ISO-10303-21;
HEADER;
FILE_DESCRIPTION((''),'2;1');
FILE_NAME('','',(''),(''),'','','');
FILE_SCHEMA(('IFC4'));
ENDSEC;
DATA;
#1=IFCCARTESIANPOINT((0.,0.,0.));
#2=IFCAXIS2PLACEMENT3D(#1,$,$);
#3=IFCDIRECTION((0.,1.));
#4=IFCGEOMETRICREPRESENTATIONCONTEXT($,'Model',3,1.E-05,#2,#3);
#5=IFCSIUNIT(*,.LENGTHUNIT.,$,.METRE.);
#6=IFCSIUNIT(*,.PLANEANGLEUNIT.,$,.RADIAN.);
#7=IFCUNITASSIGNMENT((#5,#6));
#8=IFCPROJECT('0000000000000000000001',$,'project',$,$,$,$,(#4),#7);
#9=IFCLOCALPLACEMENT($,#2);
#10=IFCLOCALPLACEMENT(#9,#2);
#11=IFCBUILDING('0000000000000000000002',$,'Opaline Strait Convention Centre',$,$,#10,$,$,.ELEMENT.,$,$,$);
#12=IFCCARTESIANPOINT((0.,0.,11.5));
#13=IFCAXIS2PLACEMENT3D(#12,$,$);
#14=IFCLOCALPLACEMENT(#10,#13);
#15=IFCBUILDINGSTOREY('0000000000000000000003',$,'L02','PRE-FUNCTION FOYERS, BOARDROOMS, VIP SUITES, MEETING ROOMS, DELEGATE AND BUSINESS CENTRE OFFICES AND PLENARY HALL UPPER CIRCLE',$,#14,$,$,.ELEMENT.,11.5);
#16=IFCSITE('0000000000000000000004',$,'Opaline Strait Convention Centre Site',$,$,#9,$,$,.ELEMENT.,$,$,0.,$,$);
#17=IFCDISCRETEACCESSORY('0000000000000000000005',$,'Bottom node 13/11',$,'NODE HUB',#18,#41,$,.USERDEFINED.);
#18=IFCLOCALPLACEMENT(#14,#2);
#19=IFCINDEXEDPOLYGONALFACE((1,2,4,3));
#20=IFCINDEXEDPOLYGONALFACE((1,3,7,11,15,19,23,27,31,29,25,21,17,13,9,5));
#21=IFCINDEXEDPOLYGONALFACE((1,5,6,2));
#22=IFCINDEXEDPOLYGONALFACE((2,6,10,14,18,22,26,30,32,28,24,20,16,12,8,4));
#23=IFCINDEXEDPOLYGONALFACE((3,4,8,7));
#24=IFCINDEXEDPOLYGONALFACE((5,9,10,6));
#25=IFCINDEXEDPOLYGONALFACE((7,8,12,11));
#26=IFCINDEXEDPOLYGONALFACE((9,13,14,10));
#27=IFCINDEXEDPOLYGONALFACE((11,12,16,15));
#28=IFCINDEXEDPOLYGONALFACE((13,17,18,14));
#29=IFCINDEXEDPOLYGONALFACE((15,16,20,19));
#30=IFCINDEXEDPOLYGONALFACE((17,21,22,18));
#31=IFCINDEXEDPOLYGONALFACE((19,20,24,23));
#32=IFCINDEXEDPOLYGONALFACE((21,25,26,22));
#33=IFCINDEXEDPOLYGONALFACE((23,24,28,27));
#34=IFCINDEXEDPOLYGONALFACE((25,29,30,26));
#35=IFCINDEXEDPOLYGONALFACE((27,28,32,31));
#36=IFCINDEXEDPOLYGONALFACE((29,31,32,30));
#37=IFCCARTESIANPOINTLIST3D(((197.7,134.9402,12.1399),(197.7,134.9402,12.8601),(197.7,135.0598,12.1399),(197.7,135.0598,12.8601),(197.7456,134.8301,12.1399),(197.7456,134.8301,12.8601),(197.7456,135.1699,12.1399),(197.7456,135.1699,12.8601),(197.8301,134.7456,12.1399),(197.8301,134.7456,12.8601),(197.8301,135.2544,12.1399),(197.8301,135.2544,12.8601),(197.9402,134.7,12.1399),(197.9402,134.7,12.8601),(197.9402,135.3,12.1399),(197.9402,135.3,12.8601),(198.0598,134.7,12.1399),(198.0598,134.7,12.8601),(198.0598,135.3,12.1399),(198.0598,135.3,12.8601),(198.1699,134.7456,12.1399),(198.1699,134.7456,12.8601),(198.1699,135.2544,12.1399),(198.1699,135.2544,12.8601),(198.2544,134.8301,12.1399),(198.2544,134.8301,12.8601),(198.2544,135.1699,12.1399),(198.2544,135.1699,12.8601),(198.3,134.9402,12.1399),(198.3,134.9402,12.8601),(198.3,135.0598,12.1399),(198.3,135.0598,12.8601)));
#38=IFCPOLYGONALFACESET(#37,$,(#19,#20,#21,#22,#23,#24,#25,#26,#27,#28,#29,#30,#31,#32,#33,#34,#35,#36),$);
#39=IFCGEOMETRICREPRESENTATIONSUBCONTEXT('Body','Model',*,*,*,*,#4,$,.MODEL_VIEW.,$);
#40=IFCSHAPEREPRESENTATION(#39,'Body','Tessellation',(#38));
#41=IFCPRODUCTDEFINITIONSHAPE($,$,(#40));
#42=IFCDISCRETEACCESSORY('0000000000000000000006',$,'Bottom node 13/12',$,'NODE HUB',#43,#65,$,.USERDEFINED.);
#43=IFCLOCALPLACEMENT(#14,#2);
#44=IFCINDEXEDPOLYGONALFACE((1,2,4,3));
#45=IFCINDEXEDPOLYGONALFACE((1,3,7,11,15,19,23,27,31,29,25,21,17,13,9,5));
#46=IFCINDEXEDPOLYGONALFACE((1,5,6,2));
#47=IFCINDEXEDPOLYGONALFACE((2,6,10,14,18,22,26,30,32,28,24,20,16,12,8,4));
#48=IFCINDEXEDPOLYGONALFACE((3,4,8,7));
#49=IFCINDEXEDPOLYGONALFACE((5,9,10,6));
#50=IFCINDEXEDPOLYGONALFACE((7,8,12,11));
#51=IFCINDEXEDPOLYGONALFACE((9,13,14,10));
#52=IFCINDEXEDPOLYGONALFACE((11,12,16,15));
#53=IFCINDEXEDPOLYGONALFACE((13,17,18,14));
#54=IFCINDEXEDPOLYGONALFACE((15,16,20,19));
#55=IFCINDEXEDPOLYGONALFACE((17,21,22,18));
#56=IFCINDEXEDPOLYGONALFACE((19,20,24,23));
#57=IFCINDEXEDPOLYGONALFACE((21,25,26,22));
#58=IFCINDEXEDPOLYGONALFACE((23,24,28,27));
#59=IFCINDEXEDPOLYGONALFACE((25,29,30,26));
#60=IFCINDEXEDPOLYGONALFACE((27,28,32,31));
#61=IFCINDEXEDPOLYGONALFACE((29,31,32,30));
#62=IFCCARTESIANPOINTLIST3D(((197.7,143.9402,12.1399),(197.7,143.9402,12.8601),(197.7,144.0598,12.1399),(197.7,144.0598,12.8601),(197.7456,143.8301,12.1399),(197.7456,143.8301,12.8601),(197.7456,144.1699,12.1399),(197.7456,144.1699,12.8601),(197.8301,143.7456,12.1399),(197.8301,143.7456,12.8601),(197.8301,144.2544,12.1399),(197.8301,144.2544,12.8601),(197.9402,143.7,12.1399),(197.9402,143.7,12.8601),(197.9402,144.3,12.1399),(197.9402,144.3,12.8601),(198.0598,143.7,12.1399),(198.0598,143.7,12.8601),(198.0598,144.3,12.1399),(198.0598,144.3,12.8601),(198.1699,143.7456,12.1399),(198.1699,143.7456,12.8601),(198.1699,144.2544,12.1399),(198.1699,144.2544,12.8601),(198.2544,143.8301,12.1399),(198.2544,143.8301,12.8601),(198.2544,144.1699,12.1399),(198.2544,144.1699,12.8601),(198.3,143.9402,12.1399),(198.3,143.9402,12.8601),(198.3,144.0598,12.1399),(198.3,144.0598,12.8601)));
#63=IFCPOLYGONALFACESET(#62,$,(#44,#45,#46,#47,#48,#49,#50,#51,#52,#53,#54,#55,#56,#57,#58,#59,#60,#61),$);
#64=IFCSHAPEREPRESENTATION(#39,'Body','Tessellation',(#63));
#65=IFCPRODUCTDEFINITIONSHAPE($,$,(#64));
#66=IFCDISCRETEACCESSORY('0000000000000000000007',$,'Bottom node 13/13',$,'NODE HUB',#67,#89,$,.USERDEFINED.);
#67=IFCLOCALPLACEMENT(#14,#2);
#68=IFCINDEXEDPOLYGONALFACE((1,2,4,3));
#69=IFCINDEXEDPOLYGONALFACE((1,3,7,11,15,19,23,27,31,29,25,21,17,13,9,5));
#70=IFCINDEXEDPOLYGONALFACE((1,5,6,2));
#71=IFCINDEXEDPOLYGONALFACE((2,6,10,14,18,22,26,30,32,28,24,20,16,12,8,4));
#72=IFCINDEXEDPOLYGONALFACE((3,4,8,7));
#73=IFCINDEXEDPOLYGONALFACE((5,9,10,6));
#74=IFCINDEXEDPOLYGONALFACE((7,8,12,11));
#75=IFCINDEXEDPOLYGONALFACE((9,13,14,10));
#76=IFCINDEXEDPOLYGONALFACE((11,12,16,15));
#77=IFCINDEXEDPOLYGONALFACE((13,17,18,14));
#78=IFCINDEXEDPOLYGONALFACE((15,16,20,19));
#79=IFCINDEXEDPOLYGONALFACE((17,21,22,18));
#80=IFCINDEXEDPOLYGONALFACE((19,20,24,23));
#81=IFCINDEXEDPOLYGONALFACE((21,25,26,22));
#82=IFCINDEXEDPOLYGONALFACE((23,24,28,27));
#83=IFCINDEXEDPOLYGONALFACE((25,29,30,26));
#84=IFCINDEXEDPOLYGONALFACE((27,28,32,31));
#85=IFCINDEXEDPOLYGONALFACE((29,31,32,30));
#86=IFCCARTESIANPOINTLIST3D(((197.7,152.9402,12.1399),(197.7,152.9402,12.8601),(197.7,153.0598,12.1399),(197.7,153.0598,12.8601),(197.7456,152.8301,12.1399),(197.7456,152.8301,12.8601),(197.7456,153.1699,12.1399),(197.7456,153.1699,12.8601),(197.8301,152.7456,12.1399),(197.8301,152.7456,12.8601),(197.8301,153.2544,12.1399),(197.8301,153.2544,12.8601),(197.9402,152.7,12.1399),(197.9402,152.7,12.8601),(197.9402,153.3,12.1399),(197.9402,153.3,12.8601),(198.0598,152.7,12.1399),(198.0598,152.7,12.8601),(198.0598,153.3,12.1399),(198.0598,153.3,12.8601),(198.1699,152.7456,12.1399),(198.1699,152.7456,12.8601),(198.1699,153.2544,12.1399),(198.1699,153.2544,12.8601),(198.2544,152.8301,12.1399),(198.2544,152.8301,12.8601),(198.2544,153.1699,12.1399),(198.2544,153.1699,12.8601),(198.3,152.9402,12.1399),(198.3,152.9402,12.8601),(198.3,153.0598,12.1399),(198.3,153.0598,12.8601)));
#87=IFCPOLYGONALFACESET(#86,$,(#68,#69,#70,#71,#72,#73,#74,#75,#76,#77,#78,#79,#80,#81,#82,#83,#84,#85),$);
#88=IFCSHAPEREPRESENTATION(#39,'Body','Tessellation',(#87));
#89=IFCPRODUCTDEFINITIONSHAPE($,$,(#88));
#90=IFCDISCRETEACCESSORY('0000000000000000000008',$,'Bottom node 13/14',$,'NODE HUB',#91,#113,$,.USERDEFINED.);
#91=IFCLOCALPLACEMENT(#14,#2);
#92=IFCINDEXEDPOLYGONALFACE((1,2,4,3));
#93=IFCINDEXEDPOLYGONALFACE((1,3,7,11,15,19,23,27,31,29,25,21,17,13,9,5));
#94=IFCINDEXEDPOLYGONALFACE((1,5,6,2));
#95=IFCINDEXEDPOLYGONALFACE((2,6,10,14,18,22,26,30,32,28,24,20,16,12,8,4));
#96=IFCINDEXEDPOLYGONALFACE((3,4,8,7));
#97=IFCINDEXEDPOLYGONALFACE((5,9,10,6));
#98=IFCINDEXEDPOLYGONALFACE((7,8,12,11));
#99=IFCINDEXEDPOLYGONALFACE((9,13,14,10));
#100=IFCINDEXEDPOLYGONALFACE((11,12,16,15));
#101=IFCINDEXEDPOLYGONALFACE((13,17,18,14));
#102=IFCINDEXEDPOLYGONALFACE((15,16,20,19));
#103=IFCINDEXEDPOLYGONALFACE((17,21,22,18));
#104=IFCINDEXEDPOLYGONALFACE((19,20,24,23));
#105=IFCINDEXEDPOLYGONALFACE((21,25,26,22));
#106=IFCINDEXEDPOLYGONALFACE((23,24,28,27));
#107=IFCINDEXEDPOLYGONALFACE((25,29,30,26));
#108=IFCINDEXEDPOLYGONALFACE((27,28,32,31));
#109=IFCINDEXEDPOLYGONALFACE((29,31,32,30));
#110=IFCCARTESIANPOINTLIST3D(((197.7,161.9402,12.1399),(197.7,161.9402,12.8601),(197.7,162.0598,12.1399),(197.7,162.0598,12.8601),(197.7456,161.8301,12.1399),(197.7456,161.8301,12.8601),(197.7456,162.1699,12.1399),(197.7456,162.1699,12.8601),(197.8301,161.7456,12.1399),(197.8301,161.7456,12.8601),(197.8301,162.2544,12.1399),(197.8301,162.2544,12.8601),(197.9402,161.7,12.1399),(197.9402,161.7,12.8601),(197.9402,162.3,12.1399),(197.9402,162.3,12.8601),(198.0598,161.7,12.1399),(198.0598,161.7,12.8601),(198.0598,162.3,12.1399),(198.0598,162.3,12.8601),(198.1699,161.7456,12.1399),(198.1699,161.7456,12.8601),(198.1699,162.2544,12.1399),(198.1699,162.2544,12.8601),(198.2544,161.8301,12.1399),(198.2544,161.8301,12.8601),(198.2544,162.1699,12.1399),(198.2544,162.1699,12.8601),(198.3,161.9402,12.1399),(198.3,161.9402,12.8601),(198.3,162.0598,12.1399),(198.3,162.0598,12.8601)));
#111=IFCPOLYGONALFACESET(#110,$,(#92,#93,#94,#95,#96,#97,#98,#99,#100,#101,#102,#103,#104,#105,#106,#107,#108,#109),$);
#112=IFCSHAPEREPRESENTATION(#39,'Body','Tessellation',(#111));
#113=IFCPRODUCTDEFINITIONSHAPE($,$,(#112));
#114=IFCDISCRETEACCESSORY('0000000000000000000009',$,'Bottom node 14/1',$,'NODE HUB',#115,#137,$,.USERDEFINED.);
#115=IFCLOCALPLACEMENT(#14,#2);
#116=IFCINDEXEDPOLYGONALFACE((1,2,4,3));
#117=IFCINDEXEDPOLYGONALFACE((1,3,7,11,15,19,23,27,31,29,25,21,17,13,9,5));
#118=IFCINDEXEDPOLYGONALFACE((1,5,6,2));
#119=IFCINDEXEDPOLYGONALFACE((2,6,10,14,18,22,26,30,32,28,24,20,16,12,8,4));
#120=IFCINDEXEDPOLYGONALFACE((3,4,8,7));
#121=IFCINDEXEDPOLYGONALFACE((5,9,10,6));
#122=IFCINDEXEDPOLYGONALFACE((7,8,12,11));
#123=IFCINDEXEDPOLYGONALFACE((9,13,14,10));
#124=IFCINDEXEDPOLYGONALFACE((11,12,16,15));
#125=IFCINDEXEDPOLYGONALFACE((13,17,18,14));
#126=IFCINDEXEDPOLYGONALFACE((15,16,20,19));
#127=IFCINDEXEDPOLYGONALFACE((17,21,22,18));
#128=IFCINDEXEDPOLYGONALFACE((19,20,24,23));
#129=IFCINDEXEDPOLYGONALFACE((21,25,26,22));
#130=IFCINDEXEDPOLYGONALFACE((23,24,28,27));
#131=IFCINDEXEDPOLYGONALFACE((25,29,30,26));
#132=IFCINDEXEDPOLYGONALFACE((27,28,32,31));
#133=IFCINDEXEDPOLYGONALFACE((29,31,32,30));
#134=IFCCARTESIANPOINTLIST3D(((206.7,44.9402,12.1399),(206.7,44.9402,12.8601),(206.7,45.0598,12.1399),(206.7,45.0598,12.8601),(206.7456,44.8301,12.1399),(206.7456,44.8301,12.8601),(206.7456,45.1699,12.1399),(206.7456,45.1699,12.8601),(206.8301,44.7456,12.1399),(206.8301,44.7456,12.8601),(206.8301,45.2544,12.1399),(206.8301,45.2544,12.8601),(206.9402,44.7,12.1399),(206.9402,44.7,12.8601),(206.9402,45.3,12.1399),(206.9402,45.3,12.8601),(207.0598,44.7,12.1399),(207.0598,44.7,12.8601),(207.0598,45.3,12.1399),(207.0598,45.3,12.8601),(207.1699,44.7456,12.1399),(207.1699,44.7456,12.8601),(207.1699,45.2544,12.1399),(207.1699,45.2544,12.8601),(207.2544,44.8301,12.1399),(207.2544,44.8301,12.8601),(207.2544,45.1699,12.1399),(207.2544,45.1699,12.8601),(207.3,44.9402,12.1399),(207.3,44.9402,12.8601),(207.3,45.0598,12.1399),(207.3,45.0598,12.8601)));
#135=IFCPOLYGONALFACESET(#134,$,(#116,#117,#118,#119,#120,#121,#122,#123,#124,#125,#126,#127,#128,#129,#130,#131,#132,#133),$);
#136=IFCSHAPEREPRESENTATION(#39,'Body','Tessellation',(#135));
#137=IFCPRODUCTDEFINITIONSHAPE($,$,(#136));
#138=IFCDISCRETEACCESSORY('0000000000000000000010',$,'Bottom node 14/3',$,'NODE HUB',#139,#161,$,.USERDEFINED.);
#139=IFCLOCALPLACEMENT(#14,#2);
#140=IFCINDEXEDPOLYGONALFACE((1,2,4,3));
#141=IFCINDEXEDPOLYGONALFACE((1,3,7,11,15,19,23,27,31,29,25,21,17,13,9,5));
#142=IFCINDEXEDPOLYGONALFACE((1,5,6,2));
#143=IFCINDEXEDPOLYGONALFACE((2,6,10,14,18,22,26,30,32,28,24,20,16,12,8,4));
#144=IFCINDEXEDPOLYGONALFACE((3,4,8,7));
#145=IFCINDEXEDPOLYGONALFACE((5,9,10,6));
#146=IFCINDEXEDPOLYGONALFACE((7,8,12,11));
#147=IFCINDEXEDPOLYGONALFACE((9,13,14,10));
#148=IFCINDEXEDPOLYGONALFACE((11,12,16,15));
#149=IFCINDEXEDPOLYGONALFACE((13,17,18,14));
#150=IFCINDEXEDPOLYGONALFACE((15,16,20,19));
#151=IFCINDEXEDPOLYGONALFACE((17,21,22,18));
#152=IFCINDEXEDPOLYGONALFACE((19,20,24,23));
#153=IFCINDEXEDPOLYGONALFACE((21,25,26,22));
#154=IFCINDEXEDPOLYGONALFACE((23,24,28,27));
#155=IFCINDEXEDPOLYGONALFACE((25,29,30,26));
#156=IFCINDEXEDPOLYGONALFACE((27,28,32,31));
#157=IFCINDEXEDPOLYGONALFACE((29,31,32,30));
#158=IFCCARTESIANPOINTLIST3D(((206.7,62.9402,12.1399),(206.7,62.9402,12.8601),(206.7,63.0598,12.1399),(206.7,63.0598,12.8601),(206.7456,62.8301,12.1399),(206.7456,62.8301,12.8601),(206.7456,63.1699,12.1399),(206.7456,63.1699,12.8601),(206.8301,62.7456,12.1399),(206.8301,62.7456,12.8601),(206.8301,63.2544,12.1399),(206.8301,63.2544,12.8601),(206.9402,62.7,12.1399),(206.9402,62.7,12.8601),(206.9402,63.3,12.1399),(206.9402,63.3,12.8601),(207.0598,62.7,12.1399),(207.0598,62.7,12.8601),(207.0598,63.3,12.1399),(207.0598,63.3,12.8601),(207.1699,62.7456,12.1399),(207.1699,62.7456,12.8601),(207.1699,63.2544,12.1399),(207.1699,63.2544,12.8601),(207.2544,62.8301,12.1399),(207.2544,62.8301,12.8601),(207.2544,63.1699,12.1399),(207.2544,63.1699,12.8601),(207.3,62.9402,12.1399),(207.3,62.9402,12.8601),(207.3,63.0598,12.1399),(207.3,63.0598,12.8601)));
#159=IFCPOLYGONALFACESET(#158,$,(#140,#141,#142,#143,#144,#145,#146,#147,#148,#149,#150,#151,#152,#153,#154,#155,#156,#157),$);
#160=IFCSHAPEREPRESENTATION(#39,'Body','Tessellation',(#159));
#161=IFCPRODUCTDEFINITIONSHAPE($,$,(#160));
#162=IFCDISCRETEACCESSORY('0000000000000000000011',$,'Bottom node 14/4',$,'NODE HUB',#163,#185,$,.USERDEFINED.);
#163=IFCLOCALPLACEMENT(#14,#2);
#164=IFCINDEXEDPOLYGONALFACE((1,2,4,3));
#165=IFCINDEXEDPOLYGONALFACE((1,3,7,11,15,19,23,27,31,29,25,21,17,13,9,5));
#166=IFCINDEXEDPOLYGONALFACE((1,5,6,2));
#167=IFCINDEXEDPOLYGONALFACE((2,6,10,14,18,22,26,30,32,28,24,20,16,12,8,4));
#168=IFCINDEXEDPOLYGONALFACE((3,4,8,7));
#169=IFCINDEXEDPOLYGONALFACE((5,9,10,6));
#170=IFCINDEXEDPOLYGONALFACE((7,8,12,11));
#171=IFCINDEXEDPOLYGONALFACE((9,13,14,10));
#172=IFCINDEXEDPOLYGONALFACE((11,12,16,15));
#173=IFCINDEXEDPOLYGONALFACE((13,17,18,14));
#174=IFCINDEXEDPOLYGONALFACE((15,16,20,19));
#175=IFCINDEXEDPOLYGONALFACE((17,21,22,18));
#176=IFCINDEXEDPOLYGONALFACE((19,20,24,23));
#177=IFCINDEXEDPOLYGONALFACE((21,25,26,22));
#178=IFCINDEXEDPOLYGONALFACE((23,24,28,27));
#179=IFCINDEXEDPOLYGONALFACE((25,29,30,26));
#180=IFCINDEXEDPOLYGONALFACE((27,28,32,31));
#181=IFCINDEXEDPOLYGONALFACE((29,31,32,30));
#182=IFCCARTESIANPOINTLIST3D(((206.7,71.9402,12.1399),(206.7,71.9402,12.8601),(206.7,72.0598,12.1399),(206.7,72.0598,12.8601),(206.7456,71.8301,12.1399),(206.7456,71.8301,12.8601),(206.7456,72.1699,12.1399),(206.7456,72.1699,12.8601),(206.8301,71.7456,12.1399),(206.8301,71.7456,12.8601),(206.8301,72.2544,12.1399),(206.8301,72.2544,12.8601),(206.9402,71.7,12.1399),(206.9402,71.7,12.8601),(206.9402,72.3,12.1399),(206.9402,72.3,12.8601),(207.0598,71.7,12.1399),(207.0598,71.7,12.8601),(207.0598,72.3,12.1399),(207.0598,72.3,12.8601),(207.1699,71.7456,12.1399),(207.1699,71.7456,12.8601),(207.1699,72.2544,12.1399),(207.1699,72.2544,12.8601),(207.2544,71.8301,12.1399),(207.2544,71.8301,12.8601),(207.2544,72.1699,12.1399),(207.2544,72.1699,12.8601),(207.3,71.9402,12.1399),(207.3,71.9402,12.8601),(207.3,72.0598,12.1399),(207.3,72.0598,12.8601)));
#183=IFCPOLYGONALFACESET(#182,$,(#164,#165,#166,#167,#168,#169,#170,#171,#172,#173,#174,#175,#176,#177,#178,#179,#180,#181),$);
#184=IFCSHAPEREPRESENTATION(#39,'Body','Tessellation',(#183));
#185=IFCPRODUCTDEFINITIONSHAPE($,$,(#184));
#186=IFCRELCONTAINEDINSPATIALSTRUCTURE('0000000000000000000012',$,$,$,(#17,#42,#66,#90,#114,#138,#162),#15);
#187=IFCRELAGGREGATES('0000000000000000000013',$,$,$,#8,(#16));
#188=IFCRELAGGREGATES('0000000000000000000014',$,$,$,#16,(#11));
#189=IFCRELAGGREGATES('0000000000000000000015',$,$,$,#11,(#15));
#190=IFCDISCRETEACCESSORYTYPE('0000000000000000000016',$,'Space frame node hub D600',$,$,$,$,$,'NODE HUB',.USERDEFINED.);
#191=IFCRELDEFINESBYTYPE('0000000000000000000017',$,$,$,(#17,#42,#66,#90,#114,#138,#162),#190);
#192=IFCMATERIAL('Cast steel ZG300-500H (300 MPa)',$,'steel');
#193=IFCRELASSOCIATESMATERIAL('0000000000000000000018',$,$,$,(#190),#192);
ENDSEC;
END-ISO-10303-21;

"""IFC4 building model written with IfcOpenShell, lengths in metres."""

from ifc_helpers import new_model, si_unit, direction, frame, origin, place, context, subcontext, project, spatial, polyline, outline, extrude, material, type_object, element, save


model = new_model("IFC4")

# Units and contexts
model_context = context("Model", 3, precision=1e-05, world=origin(), true_north=direction((0.0, 1.0)))
body_context = subcontext(model_context, "Body", "Model", "MODEL_VIEW")
ifc_project = project(units=[si_unit("LENGTHUNIT", "METRE"), si_unit("PLANEANGLEUNIT", "RADIAN")], contexts=[model_context])

# Site, building, storey
site_placement = place(None, origin())
site = spatial("IfcSite", under=ifc_project, at=site_placement, Name="Opaline Strait Convention Centre Site", CompositionType="ELEMENT", RefElevation=0.0)
building_placement = place(site_placement, origin())
building = spatial("IfcBuilding", under=site, at=building_placement, Name="Opaline Strait Convention Centre", CompositionType="ELEMENT")
storey_placement = place(building_placement, frame((0.0, 0.0, 11.5)))
storey = spatial("IfcBuildingStorey", under=building, at=storey_placement, Name="L02", Description="PRE-FUNCTION FOYERS, BOARDROOMS, VIP SUITES, MEETING ROOMS, DELEGATE AND BUSINESS CENTRE OFFICES AND PLENARY HALL UPPER CIRCLE", CompositionType="ELEMENT", Elevation=11.5)

# Discrete accessories
ifc_material = material(Name="Cast steel ZG300-500H (300 MPa)", Category="steel")
discrete_accessory_type_1 = type_object("IfcDiscreteAccessoryType", Name="Space frame node hub D600", ElementType="NODE HUB", PredefinedType="USERDEFINED", material=ifc_material)
discrete_accessory_1_placement = place(storey_placement, frame((0.0, 0.0, 12.1399)))
element("IfcDiscreteAccessory", 1, at=discrete_accessory_1_placement, inside=storey, type_object=discrete_accessory_type_1, Name="Bottom node 13/11", ObjectType="NODE HUB", PredefinedType="USERDEFINED", context=body_context, shape_type="SweptSolid", body=[
    extrude(outline(polyline([(198.3, 135.0598), (198.2544, 135.1699), (198.1699, 135.2544), (198.0598, 135.3), (197.9402, 135.3), (197.8301, 135.2544), (197.7456, 135.1699), (197.7, 135.0598), (197.7, 134.9402), (197.7456, 134.8301), (197.8301, 134.7456), (197.9402, 134.7), (198.0598, 134.7), (198.1699, 134.7456), (198.2544, 134.8301), (198.3, 134.9402), (198.3, 135.0598)])), origin(), (0.0, 0.0, 1.0), 0.7202),
])
discrete_accessory_2_placement = place(storey_placement, frame((0.0, 0.0, 12.1399)))
element("IfcDiscreteAccessory", 2, at=discrete_accessory_2_placement, inside=storey, type_object=discrete_accessory_type_1, Name="Bottom node 13/12", ObjectType="NODE HUB", PredefinedType="USERDEFINED", context=body_context, shape_type="SweptSolid", body=[
    extrude(outline(polyline([(198.3, 144.0598), (198.2544, 144.1699), (198.1699, 144.2544), (198.0598, 144.3), (197.9402, 144.3), (197.8301, 144.2544), (197.7456, 144.1699), (197.7, 144.0598), (197.7, 143.9402), (197.7456, 143.8301), (197.8301, 143.7456), (197.9402, 143.7), (198.0598, 143.7), (198.1699, 143.7456), (198.2544, 143.8301), (198.3, 143.9402), (198.3, 144.0598)])), origin(), (0.0, 0.0, 1.0), 0.7202),
])
discrete_accessory_3_placement = place(storey_placement, frame((0.0, 0.0, 12.1399)))
element("IfcDiscreteAccessory", 3, at=discrete_accessory_3_placement, inside=storey, type_object=discrete_accessory_type_1, Name="Bottom node 13/13", ObjectType="NODE HUB", PredefinedType="USERDEFINED", context=body_context, shape_type="SweptSolid", body=[
    extrude(outline(polyline([(198.3, 153.0598), (198.2544, 153.1699), (198.1699, 153.2544), (198.0598, 153.3), (197.9402, 153.3), (197.8301, 153.2544), (197.7456, 153.1699), (197.7, 153.0598), (197.7, 152.9402), (197.7456, 152.8301), (197.8301, 152.7456), (197.9402, 152.7), (198.0598, 152.7), (198.1699, 152.7456), (198.2544, 152.8301), (198.3, 152.9402), (198.3, 153.0598)])), origin(), (0.0, 0.0, 1.0), 0.7202),
])
discrete_accessory_4_placement = place(storey_placement, frame((0.0, 0.0, 12.1399)))
element("IfcDiscreteAccessory", 4, at=discrete_accessory_4_placement, inside=storey, type_object=discrete_accessory_type_1, Name="Bottom node 13/14", ObjectType="NODE HUB", PredefinedType="USERDEFINED", context=body_context, shape_type="SweptSolid", body=[
    extrude(outline(polyline([(198.3, 162.0598), (198.2544, 162.1699), (198.1699, 162.2544), (198.0598, 162.3), (197.9402, 162.3), (197.8301, 162.2544), (197.7456, 162.1699), (197.7, 162.0598), (197.7, 161.9402), (197.7456, 161.8301), (197.8301, 161.7456), (197.9402, 161.7), (198.0598, 161.7), (198.1699, 161.7456), (198.2544, 161.8301), (198.3, 161.9402), (198.3, 162.0598)])), origin(), (0.0, 0.0, 1.0), 0.7202),
])
discrete_accessory_5_placement = place(storey_placement, frame((0.0, 0.0, 12.1399)))
element("IfcDiscreteAccessory", 5, at=discrete_accessory_5_placement, inside=storey, type_object=discrete_accessory_type_1, Name="Bottom node 14/1", ObjectType="NODE HUB", PredefinedType="USERDEFINED", context=body_context, shape_type="SweptSolid", body=[
    extrude(outline(polyline([(207.3, 45.0598), (207.2544, 45.1699), (207.1699, 45.2544), (207.0598, 45.3), (206.9402, 45.3), (206.8301, 45.2544), (206.7456, 45.1699), (206.7, 45.0598), (206.7, 44.9402), (206.7456, 44.8301), (206.8301, 44.7456), (206.9402, 44.7), (207.0598, 44.7), (207.1699, 44.7456), (207.2544, 44.8301), (207.3, 44.9402), (207.3, 45.0598)])), origin(), (0.0, 0.0, 1.0), 0.7202),
])
discrete_accessory_6_placement = place(storey_placement, frame((0.0, 0.0, 12.1399)))
element("IfcDiscreteAccessory", 6, at=discrete_accessory_6_placement, inside=storey, type_object=discrete_accessory_type_1, Name="Bottom node 14/3", ObjectType="NODE HUB", PredefinedType="USERDEFINED", context=body_context, shape_type="SweptSolid", body=[
    extrude(outline(polyline([(207.3, 63.0598), (207.2544, 63.1699), (207.1699, 63.2544), (207.0598, 63.3), (206.9402, 63.3), (206.8301, 63.2544), (206.7456, 63.1699), (206.7, 63.0598), (206.7, 62.9402), (206.7456, 62.8301), (206.8301, 62.7456), (206.9402, 62.7), (207.0598, 62.7), (207.1699, 62.7456), (207.2544, 62.8301), (207.3, 62.9402), (207.3, 63.0598)])), origin(), (0.0, 0.0, 1.0), 0.7202),
])
discrete_accessory_7_placement = place(storey_placement, frame((0.0, 0.0, 12.1399)))
element("IfcDiscreteAccessory", 7, at=discrete_accessory_7_placement, inside=storey, type_object=discrete_accessory_type_1, Name="Bottom node 14/4", ObjectType="NODE HUB", PredefinedType="USERDEFINED", context=body_context, shape_type="SweptSolid", body=[
    extrude(outline(polyline([(207.3, 72.0598), (207.2544, 72.1699), (207.1699, 72.2544), (207.0598, 72.3), (206.9402, 72.3), (206.8301, 72.2544), (206.7456, 72.1699), (206.7, 72.0598), (206.7, 71.9402), (206.7456, 71.8301), (206.8301, 71.7456), (206.9402, 71.7), (207.0598, 71.7), (207.1699, 71.7456), (207.2544, 71.8301), (207.3, 71.9402), (207.3, 72.0598)])), origin(), (0.0, 0.0, 1.0), 0.7202),
])

save(model, "model.ifc")
